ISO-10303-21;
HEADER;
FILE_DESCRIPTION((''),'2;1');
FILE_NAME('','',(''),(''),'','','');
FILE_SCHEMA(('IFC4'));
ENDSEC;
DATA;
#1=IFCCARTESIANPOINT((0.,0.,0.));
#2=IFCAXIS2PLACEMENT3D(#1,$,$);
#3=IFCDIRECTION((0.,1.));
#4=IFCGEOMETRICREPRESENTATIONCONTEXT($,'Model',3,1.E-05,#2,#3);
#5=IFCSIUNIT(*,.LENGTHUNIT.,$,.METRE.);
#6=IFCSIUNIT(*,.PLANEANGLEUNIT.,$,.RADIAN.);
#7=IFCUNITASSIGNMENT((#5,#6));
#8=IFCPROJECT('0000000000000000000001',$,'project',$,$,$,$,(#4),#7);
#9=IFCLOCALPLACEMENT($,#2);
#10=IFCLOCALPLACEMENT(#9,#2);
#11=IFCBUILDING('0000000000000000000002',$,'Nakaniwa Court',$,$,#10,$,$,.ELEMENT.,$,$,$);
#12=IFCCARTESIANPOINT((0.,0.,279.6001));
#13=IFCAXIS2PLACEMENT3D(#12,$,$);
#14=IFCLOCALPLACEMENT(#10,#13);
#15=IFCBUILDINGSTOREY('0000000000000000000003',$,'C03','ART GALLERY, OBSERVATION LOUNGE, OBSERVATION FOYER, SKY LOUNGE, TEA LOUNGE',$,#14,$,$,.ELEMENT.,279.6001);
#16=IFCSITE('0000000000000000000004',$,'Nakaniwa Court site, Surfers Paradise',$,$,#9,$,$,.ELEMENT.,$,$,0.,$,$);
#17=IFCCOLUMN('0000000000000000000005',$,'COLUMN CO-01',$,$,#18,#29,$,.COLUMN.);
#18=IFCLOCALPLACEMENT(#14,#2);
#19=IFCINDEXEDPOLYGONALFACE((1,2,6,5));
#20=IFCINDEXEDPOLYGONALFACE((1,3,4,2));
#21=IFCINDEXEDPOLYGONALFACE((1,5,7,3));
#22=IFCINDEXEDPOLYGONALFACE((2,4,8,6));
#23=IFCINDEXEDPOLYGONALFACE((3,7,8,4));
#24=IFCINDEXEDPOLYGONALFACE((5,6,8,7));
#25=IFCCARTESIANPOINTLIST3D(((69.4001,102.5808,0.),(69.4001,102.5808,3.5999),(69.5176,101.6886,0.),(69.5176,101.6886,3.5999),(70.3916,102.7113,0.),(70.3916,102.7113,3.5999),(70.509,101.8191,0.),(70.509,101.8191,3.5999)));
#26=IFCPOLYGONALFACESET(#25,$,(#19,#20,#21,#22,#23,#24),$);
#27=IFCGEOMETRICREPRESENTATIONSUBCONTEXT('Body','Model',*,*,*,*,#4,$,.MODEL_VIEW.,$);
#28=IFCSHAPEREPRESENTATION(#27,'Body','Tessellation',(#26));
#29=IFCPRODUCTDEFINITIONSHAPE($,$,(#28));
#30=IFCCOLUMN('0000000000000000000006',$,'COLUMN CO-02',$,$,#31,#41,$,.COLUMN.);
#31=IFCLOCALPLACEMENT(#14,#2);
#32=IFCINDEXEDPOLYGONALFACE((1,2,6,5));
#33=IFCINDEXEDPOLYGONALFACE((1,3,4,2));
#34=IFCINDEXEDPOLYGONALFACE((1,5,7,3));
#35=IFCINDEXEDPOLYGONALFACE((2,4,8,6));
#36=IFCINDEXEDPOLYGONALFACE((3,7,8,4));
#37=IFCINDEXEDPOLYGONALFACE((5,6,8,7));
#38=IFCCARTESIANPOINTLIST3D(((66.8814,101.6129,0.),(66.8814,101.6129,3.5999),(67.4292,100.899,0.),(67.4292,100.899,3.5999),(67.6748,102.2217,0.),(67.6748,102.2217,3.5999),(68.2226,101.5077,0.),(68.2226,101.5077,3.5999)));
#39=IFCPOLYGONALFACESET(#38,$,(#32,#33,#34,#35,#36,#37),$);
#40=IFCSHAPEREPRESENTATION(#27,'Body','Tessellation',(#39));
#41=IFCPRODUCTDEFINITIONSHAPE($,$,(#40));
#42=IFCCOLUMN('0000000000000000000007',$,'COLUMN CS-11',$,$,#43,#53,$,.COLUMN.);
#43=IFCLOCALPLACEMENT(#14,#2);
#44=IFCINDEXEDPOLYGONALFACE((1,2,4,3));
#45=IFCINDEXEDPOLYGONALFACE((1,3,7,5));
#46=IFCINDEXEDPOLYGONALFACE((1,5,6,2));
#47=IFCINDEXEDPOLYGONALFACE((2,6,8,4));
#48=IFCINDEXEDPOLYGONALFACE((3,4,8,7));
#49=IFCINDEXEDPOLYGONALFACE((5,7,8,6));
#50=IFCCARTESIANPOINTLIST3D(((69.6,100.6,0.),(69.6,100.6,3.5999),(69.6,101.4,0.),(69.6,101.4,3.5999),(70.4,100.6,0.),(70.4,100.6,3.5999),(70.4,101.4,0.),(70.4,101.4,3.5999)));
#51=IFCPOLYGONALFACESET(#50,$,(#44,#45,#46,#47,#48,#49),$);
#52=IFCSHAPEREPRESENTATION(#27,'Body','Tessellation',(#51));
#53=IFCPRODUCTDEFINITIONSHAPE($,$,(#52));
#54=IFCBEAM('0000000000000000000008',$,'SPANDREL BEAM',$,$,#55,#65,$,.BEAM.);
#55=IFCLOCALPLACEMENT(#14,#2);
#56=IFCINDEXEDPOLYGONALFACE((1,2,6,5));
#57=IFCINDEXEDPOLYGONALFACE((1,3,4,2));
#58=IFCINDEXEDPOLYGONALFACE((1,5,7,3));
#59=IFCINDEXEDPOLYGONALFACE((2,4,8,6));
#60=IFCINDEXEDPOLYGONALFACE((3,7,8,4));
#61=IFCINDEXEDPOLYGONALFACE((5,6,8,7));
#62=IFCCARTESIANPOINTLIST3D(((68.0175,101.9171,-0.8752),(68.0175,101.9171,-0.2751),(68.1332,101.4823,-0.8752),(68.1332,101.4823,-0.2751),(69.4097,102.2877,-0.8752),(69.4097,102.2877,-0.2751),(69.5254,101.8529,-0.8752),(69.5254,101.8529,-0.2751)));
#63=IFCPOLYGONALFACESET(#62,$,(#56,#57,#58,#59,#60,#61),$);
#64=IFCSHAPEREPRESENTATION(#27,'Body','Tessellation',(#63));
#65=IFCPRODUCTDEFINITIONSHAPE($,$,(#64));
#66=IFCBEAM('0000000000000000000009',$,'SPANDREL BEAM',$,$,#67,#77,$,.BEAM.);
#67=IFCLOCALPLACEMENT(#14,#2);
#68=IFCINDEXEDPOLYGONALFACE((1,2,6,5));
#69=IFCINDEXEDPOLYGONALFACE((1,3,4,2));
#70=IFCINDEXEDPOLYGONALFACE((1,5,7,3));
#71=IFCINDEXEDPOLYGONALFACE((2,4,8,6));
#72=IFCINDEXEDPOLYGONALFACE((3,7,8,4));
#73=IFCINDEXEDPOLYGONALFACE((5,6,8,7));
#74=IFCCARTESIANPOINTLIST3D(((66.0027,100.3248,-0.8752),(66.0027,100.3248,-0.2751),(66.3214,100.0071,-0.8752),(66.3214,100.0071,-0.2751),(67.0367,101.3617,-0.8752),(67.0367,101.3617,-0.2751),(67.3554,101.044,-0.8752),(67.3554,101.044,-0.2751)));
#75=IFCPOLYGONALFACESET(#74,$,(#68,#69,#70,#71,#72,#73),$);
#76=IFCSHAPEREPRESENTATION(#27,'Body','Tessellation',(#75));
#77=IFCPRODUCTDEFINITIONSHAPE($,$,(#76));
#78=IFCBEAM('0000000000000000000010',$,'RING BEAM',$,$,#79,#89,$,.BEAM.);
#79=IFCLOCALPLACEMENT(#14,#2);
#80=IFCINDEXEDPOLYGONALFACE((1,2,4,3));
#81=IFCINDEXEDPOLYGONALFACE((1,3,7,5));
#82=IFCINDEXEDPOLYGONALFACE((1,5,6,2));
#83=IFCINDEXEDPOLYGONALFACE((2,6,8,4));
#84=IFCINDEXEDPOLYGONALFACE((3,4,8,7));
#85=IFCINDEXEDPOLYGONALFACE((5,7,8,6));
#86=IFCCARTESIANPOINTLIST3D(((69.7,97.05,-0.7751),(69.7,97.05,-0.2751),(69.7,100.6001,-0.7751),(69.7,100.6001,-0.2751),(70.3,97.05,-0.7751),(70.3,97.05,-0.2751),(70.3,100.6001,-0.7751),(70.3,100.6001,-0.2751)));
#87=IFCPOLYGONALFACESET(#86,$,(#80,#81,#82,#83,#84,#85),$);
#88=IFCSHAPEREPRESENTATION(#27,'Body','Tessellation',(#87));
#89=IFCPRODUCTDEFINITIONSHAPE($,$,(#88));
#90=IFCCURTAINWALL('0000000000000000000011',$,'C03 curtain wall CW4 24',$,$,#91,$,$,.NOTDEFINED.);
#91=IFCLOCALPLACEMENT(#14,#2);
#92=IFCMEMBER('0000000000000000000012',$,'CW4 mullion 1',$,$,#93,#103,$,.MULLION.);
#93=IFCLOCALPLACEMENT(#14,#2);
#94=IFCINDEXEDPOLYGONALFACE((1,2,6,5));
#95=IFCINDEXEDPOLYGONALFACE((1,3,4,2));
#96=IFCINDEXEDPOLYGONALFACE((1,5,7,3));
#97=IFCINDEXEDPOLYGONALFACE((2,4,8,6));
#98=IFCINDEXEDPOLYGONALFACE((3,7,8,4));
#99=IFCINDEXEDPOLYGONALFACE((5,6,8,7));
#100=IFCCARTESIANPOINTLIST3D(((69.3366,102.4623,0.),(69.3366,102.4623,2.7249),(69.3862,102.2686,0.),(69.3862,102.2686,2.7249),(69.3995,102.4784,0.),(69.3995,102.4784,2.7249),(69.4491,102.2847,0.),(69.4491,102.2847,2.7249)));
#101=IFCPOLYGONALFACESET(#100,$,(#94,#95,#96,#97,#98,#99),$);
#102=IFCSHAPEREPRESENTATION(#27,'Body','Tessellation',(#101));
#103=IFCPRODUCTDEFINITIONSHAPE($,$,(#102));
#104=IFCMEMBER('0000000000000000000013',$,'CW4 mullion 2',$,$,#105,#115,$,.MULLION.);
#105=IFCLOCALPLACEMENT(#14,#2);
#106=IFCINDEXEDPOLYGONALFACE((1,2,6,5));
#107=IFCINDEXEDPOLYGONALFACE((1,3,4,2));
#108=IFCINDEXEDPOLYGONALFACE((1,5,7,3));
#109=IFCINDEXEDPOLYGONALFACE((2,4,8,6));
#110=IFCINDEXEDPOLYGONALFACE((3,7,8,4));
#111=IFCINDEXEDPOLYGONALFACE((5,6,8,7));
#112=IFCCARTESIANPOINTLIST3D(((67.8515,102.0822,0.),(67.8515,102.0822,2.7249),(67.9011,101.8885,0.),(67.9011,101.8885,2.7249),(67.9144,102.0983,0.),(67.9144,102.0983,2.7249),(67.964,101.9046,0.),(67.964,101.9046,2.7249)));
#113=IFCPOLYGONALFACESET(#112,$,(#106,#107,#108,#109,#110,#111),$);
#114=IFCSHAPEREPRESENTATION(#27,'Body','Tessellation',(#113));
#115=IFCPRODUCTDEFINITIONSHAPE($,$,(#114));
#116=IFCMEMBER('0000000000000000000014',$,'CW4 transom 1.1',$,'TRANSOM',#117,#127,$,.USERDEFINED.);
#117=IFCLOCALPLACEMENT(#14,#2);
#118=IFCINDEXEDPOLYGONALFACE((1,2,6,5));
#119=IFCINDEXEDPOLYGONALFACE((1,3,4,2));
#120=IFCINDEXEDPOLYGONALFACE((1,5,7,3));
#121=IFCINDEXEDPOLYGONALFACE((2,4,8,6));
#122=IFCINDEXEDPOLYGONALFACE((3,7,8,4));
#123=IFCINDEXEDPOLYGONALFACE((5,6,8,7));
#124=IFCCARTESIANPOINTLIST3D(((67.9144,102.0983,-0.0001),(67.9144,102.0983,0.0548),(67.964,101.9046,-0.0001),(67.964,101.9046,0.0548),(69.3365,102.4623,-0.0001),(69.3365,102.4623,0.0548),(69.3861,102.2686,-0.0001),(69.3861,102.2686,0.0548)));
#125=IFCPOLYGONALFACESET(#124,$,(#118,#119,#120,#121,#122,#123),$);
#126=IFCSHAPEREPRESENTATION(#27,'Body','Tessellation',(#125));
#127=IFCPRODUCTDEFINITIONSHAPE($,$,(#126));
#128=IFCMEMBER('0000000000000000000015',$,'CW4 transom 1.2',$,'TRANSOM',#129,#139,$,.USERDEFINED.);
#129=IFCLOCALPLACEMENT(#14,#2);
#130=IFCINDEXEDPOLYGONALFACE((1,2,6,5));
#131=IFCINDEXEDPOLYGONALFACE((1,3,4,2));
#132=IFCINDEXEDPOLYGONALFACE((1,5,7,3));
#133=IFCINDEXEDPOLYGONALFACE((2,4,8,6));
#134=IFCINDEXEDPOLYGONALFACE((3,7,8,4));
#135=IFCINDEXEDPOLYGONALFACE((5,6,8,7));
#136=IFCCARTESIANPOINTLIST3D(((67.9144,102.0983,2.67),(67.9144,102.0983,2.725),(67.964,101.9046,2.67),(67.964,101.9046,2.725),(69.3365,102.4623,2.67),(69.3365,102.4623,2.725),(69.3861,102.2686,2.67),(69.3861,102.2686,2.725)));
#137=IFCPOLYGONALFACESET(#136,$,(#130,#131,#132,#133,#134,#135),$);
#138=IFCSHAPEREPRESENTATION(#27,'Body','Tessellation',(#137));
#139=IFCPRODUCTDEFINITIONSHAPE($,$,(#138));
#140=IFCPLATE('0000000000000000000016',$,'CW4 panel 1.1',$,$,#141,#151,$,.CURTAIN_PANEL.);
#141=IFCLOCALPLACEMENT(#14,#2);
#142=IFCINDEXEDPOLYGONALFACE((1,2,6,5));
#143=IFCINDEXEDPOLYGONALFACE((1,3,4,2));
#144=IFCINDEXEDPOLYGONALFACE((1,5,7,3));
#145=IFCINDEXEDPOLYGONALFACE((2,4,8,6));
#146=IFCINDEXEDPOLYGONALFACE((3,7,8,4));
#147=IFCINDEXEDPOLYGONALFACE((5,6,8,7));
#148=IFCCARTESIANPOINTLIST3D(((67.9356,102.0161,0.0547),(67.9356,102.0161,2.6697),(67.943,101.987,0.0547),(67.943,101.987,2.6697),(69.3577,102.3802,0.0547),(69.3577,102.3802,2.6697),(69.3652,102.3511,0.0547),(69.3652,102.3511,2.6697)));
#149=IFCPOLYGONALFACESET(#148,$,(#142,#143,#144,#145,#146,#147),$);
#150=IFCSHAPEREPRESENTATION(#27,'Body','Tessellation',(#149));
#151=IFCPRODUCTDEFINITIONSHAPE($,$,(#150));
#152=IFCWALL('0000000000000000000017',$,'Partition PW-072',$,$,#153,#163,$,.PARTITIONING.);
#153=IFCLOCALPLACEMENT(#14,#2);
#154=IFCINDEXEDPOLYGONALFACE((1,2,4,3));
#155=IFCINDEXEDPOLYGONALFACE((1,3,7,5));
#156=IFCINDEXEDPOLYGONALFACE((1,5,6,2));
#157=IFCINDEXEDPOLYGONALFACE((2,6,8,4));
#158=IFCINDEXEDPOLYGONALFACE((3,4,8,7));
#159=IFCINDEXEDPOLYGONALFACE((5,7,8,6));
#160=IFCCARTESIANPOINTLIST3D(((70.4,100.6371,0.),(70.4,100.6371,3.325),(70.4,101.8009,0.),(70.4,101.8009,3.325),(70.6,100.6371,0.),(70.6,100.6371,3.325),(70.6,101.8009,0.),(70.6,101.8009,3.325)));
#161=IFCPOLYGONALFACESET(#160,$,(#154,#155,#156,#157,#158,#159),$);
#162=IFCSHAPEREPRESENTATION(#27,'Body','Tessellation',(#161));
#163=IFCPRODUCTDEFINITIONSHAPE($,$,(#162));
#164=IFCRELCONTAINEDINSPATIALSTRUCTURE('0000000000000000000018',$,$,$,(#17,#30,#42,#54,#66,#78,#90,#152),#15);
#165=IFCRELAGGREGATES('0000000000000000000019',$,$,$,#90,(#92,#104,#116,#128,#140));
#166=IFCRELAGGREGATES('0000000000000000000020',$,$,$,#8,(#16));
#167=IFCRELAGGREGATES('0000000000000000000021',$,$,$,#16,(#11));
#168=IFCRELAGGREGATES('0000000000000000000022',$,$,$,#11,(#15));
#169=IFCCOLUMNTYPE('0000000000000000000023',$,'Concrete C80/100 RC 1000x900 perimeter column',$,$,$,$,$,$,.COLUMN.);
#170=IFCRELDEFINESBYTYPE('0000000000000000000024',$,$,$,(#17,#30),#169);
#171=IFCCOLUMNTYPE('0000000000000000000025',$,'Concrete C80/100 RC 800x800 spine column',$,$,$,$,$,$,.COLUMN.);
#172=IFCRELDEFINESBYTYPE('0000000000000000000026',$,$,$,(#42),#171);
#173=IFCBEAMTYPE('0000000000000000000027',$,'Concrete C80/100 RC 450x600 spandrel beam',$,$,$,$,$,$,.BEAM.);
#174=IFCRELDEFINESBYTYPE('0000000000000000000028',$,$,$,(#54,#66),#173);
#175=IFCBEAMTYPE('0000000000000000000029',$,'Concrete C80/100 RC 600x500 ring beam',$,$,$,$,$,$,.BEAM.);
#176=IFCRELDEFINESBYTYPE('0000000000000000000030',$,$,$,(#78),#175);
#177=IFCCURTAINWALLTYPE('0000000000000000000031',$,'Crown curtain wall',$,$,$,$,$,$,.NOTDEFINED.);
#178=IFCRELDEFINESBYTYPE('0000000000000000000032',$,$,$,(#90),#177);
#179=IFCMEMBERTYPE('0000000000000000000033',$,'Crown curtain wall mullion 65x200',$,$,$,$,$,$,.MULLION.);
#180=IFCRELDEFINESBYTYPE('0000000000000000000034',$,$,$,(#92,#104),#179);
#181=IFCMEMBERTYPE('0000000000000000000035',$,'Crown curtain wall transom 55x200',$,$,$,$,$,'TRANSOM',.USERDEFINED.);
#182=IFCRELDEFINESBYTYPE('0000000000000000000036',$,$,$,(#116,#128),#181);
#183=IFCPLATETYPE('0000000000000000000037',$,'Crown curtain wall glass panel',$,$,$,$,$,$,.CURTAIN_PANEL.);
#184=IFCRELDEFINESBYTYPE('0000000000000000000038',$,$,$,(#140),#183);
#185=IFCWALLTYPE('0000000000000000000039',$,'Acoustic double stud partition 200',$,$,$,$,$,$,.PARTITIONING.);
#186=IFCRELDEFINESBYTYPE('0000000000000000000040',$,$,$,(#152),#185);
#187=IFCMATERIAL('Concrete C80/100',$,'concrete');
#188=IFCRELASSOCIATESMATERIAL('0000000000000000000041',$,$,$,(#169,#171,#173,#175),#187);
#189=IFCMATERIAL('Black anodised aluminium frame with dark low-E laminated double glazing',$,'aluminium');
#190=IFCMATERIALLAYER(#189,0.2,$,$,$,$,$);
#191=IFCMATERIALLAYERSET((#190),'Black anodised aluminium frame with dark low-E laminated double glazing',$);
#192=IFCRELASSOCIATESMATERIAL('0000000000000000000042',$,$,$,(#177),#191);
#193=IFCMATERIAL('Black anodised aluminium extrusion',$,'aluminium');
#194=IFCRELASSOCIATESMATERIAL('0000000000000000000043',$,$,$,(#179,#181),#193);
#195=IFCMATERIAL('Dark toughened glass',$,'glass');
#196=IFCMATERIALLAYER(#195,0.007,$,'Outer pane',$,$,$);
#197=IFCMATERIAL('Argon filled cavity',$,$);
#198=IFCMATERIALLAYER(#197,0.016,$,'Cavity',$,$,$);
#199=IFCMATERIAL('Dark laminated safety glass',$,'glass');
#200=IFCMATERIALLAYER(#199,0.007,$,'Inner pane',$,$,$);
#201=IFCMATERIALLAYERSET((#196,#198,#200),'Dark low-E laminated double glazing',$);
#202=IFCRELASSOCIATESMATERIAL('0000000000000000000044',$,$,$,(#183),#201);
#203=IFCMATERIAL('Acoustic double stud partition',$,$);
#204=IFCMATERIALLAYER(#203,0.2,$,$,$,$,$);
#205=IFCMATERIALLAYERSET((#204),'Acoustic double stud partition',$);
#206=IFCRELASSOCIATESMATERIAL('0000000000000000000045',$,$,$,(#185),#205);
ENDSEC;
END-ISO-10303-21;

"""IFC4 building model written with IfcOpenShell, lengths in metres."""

from ifc_helpers import new_model, si_unit, direction, frame, frame_2d, origin, origin_2d, place, context, subcontext, project, spatial, rectangle, extrude, material, layer, layer_set, material_profile, profile_set, type_object, element, aggregate, save


model = new_model("IFC4")

# Units and contexts
model_context = context("Model", 3, precision=1e-05, world=origin(), true_north=direction((0.0, 1.0)))
body_context = subcontext(model_context, "Body", "Model", "MODEL_VIEW")
ifc_project = project(units=[si_unit("LENGTHUNIT", "METRE"), si_unit("PLANEANGLEUNIT", "RADIAN")], contexts=[model_context])

# Site, building, storey
site_placement = place(None, origin())
site = spatial("IfcSite", under=ifc_project, at=site_placement, Name="Nakaniwa Court site, Surfers Paradise", CompositionType="ELEMENT", RefElevation=0.0)
building_placement = place(site_placement, origin())
building = spatial("IfcBuilding", under=site, at=building_placement, Name="Nakaniwa Court", CompositionType="ELEMENT")
storey_placement = place(building_placement, frame((0.0, 0.0, 279.6001)))
storey = spatial("IfcBuildingStorey", under=building, at=storey_placement, Name="C03", Description="ART GALLERY, OBSERVATION LOUNGE, OBSERVATION FOYER, SKY LOUNGE, TEA LOUNGE", CompositionType="ELEMENT", Elevation=279.6001)

# Columns
ifc_material_1 = material(Name="Concrete C80/100", Category="concrete")
ifc_material_profile_1 = material_profile(ifc_material_1, rectangle(XDim=1.0, YDim=0.8999, at=origin_2d()), Name="Concrete C80/100 RC 1000x900 perimeter column")
ifc_profile_set_1 = profile_set([ifc_material_profile_1], Name="Concrete C80/100")
column_type_1 = type_object("IfcColumnType", Name="Concrete C80/100 RC 1000x900 perimeter column", PredefinedType="COLUMN", material=ifc_profile_set_1)
for number, where, z_axis, x_axis, name in (
    (1, (69.9546, 102.2, 0.0), (0.0, 0.0, 1.0), (-0.991443, -0.130543, 0.0), "COLUMN CO-01"),
    (2, (67.552, 101.5603, 0.0), (0.0, 0.0, 1.0), (-0.793364, -0.608748, 0.0), "COLUMN CO-02"),
):
    element("IfcColumn", number, at=place(storey_placement, frame(where, z_axis=z_axis, x_axis=x_axis)), inside=storey, type_object=column_type_1, Name=name, PredefinedType="COLUMN", context=body_context, shape_type="SweptSolid", body=[
        extrude(rectangle(XDim=1.0, YDim=0.8999, at=origin_2d()), origin(), (0.0, 0.0, 1.0), 3.5999),
    ])
ifc_material_profile_2 = material_profile(ifc_material_1, rectangle(XDim=0.8, YDim=0.8, at=origin_2d()), Name="Concrete C80/100 RC 800x800 spine column")
ifc_profile_set_2 = profile_set([ifc_material_profile_2], Name="Concrete C80/100")
column_type_2 = type_object("IfcColumnType", Name="Concrete C80/100 RC 800x800 spine column", PredefinedType="COLUMN", material=ifc_profile_set_2)
column_placement = place(storey_placement, frame((70.0, 101.0, 0.0), z_axis=(0.0, 0.0, 1.0), x_axis=(0.0, -1.0, 0.0)))
element("IfcColumn", 3, at=column_placement, inside=storey, type_object=column_type_2, Name="COLUMN CS-11", PredefinedType="COLUMN", context=body_context, shape_type="SweptSolid", body=[
    extrude(rectangle(XDim=0.8, YDim=0.8, at=origin_2d()), origin(), (0.0, 0.0, 1.0), 3.5999),
])

# Beams
ifc_material_profile_3 = material_profile(ifc_material_1, rectangle(XDim=0.45, YDim=0.6001, at=origin_2d()), Name="Concrete C80/100 RC 450x600 spandrel beam")
ifc_profile_set_3 = profile_set([ifc_material_profile_3], Name="Concrete C80/100")
beam_type_1 = type_object("IfcBeamType", Name="Concrete C80/100 RC 450x600 spandrel beam", PredefinedType="BEAM", material=ifc_profile_set_3)
beam_1_placement = place(storey_placement, frame((69.4675, 102.0703, -0.5752), z_axis=(-0.966342, -0.257262, 0.0), x_axis=(0.257262, -0.966342, 0.0)))
element("IfcBeam", 4, at=beam_1_placement, inside=storey, type_object=beam_type_1, Name="SPANDREL BEAM", PredefinedType="BEAM", context=body_context, shape_type="SweptSolid", body=[
    extrude(rectangle(XDim=0.45, YDim=0.6001, at=origin_2d()), origin(), (0.0, 0.0, 1.0), 1.4407),
])
beam_2_placement = place(storey_placement, frame((67.196, 101.2029, -0.5752), z_axis=(-0.706106, -0.708106, 0.0), x_axis=(0.708106, -0.706106, 0.0)))
element("IfcBeam", 5, at=beam_2_placement, inside=storey, type_object=beam_type_1, Name="SPANDREL BEAM", PredefinedType="BEAM", context=body_context, shape_type="SweptSolid", body=[
    extrude(rectangle(XDim=0.45, YDim=0.6001, at=origin_2d()), origin(), (0.0, 0.0, 1.0), 1.4644),
])
ifc_material_profile_4 = material_profile(ifc_material_1, rectangle(XDim=0.6001, YDim=0.5, at=origin_2d()), Name="Concrete C80/100 RC 600x500 ring beam")
ifc_profile_set_4 = profile_set([ifc_material_profile_4], Name="Concrete C80/100")
beam_type_2 = type_object("IfcBeamType", Name="Concrete C80/100 RC 600x500 ring beam", PredefinedType="BEAM", material=ifc_profile_set_4)
beam_3_placement = place(storey_placement, frame((70.0, 100.6001, -0.5251), z_axis=(0.0, -1.0, 0.0), x_axis=(1.0, 0.0, 0.0)))
element("IfcBeam", 6, at=beam_3_placement, inside=storey, type_object=beam_type_2, Name="RING BEAM", PredefinedType="BEAM", context=body_context, shape_type="SweptSolid", body=[
    extrude(rectangle(XDim=0.6001, YDim=0.5, at=origin_2d()), origin(), (0.0, 0.0, 1.0), 3.55),
])

# Curtain wall, members, plate
ifc_material_2 = material(Name="Black anodised aluminium frame with dark low-E laminated double glazing", Category="aluminium")
ifc_layer_1 = layer(ifc_material_2, 0.2)
ifc_layer_set_1 = layer_set([ifc_layer_1], Name="Black anodised aluminium frame with dark low-E laminated double glazing")
curtain_wall_type = type_object("IfcCurtainWallType", Name="Crown curtain wall", PredefinedType="NOTDEFINED", material=ifc_layer_set_1)
curtain_wall_placement = place(storey_placement, origin())
curtain_wall = element("IfcCurtainWall", 7, at=curtain_wall_placement, inside=storey, type_object=curtain_wall_type, Name="C03 curtain wall CW4 24", PredefinedType="NOTDEFINED")
ifc_material_3 = material(Name="Black anodised aluminium extrusion", Category="aluminium")
ifc_material_profile_5 = material_profile(ifc_material_3, rectangle(XDim=0.2, YDim=0.0649, at=origin_2d()), Name="Crown curtain wall mullion 65x200")
ifc_profile_set_5 = profile_set([ifc_material_profile_5], Name="Black anodised aluminium extrusion")
member_type_1 = type_object("IfcMemberType", Name="Crown curtain wall mullion 65x200", PredefinedType="MULLION", material=ifc_profile_set_5)
member_1_placement = place(storey_placement, frame((69.3928, 102.3735, 0.0), z_axis=(0.0, 0.0, 1.0), x_axis=(0.248053, -0.968746, 0.0)))
member_1 = element("IfcMember", 8, at=member_1_placement, type_object=member_type_1, Name="CW4 mullion 1", PredefinedType="MULLION", context=body_context, shape_type="SweptSolid", body=[
    extrude(rectangle(XDim=0.2, YDim=0.0649, at=origin_2d()), origin(), (0.0, 0.0, 1.0), 2.7249),
])
member_2_placement = place(storey_placement, frame((67.9077, 101.9934, 0.0), z_axis=(0.0, 0.0, 1.0), x_axis=(0.248053, -0.968746, 0.0)))
member_2 = element("IfcMember", 9, at=member_2_placement, type_object=member_type_1, Name="CW4 mullion 2", PredefinedType="MULLION", context=body_context, shape_type="SweptSolid", body=[
    extrude(rectangle(XDim=0.2, YDim=0.0649, at=origin_2d()), origin(), (0.0, 0.0, 1.0), 2.7249),
])
ifc_material_profile_6 = material_profile(ifc_material_3, rectangle(XDim=0.2, YDim=0.0549, at=origin_2d()), Name="Crown curtain wall transom 55x200")
ifc_profile_set_6 = profile_set([ifc_material_profile_6], Name="Black anodised aluminium extrusion")
member_type_2 = type_object("IfcMemberType", Name="Crown curtain wall transom 55x200", ElementType="TRANSOM", PredefinedType="USERDEFINED", material=ifc_profile_set_6)
member_3_placement = place(storey_placement, frame((69.3613, 102.3655, 0.0273), z_axis=(-0.968767, -0.247971, 0.0), x_axis=(0.247971, -0.968767, 0.0)))
member_3 = element("IfcMember", 10, at=member_3_placement, type_object=member_type_2, Name="CW4 transom 1.1", ObjectType="TRANSOM", PredefinedType="USERDEFINED", context=body_context, shape_type="SweptSolid", body=[
    extrude(rectangle(XDim=0.2, YDim=0.0549, at=origin_2d()), origin(), (0.0, 0.0, 1.0), 1.468),
])
member_4_placement = place(storey_placement, frame((69.3613, 102.3655, 2.6975), z_axis=(-0.968767, -0.247971, 0.0), x_axis=(0.247971, -0.968767, 0.0)))
member_4 = element("IfcMember", 11, at=member_4_placement, type_object=member_type_2, Name="CW4 transom 1.2", ObjectType="TRANSOM", PredefinedType="USERDEFINED", context=body_context, shape_type="SweptSolid", body=[
    extrude(rectangle(XDim=0.2, YDim=0.0549, at=origin_2d()), origin(), (0.0, 0.0, 1.0), 1.468),
])
ifc_material_4 = material(Name="Dark toughened glass", Category="glass")
ifc_layer_2 = layer(ifc_material_4, 0.007, Name="Outer pane")
ifc_material_5 = material(Name="Argon filled cavity")
ifc_layer_3 = layer(ifc_material_5, 0.016, Name="Cavity")
ifc_material_6 = material(Name="Dark laminated safety glass", Category="glass")
ifc_layer_4 = layer(ifc_material_6, 0.007, Name="Inner pane")
ifc_layer_set_2 = layer_set([ifc_layer_2, ifc_layer_3, ifc_layer_4], Name="Dark low-E laminated double glazing")
plate_type = type_object("IfcPlateType", Name="Crown curtain wall glass panel", PredefinedType="CURTAIN_PANEL", material=ifc_layer_set_2)
plate_placement = place(storey_placement, frame((68.6504, 102.1836, 0.0547), z_axis=(0.0, 0.0, 1.0), x_axis=(-0.968746, -0.248053, 0.0)))
plate = element("IfcPlate", 12, at=plate_placement, type_object=plate_type, Name="CW4 panel 1.1", PredefinedType="CURTAIN_PANEL", context=body_context, shape_type="SweptSolid", body=[
    extrude(rectangle(XDim=1.468, YDim=0.03, at=origin_2d()), origin(), (0.0, 0.0, 1.0), 2.615),
])
aggregate(curtain_wall, [member_1, member_2, member_3, member_4, plate])

# Wall
ifc_material_7 = material(Name="Acoustic double stud partition")
ifc_layer_5 = layer(ifc_material_7, 0.2)
ifc_layer_set_3 = layer_set([ifc_layer_5], Name="Acoustic double stud partition")
wall_type_1 = type_object("IfcWallType", Name="Acoustic double stud partition 200", PredefinedType="PARTITIONING", material=ifc_layer_set_3)
wall_1_placement = place(storey_placement, frame((70.5, 100.637, 0.0), z_axis=(0.0, 0.0, 1.0), x_axis=(0.0, 1.0, 0.0)))
element("IfcWall", 13, at=wall_1_placement, inside=storey, type_object=wall_type_1, Name="Partition PW-072", PredefinedType="PARTITIONING", context=body_context, shape_type="SweptSolid", body=[
    extrude(rectangle(XDim=1.1638, YDim=0.2, at=frame_2d((0.582, 0.0))), origin(), (0.0, 0.0, 1.0), 3.325),
])

save(model, "model.ifc")
